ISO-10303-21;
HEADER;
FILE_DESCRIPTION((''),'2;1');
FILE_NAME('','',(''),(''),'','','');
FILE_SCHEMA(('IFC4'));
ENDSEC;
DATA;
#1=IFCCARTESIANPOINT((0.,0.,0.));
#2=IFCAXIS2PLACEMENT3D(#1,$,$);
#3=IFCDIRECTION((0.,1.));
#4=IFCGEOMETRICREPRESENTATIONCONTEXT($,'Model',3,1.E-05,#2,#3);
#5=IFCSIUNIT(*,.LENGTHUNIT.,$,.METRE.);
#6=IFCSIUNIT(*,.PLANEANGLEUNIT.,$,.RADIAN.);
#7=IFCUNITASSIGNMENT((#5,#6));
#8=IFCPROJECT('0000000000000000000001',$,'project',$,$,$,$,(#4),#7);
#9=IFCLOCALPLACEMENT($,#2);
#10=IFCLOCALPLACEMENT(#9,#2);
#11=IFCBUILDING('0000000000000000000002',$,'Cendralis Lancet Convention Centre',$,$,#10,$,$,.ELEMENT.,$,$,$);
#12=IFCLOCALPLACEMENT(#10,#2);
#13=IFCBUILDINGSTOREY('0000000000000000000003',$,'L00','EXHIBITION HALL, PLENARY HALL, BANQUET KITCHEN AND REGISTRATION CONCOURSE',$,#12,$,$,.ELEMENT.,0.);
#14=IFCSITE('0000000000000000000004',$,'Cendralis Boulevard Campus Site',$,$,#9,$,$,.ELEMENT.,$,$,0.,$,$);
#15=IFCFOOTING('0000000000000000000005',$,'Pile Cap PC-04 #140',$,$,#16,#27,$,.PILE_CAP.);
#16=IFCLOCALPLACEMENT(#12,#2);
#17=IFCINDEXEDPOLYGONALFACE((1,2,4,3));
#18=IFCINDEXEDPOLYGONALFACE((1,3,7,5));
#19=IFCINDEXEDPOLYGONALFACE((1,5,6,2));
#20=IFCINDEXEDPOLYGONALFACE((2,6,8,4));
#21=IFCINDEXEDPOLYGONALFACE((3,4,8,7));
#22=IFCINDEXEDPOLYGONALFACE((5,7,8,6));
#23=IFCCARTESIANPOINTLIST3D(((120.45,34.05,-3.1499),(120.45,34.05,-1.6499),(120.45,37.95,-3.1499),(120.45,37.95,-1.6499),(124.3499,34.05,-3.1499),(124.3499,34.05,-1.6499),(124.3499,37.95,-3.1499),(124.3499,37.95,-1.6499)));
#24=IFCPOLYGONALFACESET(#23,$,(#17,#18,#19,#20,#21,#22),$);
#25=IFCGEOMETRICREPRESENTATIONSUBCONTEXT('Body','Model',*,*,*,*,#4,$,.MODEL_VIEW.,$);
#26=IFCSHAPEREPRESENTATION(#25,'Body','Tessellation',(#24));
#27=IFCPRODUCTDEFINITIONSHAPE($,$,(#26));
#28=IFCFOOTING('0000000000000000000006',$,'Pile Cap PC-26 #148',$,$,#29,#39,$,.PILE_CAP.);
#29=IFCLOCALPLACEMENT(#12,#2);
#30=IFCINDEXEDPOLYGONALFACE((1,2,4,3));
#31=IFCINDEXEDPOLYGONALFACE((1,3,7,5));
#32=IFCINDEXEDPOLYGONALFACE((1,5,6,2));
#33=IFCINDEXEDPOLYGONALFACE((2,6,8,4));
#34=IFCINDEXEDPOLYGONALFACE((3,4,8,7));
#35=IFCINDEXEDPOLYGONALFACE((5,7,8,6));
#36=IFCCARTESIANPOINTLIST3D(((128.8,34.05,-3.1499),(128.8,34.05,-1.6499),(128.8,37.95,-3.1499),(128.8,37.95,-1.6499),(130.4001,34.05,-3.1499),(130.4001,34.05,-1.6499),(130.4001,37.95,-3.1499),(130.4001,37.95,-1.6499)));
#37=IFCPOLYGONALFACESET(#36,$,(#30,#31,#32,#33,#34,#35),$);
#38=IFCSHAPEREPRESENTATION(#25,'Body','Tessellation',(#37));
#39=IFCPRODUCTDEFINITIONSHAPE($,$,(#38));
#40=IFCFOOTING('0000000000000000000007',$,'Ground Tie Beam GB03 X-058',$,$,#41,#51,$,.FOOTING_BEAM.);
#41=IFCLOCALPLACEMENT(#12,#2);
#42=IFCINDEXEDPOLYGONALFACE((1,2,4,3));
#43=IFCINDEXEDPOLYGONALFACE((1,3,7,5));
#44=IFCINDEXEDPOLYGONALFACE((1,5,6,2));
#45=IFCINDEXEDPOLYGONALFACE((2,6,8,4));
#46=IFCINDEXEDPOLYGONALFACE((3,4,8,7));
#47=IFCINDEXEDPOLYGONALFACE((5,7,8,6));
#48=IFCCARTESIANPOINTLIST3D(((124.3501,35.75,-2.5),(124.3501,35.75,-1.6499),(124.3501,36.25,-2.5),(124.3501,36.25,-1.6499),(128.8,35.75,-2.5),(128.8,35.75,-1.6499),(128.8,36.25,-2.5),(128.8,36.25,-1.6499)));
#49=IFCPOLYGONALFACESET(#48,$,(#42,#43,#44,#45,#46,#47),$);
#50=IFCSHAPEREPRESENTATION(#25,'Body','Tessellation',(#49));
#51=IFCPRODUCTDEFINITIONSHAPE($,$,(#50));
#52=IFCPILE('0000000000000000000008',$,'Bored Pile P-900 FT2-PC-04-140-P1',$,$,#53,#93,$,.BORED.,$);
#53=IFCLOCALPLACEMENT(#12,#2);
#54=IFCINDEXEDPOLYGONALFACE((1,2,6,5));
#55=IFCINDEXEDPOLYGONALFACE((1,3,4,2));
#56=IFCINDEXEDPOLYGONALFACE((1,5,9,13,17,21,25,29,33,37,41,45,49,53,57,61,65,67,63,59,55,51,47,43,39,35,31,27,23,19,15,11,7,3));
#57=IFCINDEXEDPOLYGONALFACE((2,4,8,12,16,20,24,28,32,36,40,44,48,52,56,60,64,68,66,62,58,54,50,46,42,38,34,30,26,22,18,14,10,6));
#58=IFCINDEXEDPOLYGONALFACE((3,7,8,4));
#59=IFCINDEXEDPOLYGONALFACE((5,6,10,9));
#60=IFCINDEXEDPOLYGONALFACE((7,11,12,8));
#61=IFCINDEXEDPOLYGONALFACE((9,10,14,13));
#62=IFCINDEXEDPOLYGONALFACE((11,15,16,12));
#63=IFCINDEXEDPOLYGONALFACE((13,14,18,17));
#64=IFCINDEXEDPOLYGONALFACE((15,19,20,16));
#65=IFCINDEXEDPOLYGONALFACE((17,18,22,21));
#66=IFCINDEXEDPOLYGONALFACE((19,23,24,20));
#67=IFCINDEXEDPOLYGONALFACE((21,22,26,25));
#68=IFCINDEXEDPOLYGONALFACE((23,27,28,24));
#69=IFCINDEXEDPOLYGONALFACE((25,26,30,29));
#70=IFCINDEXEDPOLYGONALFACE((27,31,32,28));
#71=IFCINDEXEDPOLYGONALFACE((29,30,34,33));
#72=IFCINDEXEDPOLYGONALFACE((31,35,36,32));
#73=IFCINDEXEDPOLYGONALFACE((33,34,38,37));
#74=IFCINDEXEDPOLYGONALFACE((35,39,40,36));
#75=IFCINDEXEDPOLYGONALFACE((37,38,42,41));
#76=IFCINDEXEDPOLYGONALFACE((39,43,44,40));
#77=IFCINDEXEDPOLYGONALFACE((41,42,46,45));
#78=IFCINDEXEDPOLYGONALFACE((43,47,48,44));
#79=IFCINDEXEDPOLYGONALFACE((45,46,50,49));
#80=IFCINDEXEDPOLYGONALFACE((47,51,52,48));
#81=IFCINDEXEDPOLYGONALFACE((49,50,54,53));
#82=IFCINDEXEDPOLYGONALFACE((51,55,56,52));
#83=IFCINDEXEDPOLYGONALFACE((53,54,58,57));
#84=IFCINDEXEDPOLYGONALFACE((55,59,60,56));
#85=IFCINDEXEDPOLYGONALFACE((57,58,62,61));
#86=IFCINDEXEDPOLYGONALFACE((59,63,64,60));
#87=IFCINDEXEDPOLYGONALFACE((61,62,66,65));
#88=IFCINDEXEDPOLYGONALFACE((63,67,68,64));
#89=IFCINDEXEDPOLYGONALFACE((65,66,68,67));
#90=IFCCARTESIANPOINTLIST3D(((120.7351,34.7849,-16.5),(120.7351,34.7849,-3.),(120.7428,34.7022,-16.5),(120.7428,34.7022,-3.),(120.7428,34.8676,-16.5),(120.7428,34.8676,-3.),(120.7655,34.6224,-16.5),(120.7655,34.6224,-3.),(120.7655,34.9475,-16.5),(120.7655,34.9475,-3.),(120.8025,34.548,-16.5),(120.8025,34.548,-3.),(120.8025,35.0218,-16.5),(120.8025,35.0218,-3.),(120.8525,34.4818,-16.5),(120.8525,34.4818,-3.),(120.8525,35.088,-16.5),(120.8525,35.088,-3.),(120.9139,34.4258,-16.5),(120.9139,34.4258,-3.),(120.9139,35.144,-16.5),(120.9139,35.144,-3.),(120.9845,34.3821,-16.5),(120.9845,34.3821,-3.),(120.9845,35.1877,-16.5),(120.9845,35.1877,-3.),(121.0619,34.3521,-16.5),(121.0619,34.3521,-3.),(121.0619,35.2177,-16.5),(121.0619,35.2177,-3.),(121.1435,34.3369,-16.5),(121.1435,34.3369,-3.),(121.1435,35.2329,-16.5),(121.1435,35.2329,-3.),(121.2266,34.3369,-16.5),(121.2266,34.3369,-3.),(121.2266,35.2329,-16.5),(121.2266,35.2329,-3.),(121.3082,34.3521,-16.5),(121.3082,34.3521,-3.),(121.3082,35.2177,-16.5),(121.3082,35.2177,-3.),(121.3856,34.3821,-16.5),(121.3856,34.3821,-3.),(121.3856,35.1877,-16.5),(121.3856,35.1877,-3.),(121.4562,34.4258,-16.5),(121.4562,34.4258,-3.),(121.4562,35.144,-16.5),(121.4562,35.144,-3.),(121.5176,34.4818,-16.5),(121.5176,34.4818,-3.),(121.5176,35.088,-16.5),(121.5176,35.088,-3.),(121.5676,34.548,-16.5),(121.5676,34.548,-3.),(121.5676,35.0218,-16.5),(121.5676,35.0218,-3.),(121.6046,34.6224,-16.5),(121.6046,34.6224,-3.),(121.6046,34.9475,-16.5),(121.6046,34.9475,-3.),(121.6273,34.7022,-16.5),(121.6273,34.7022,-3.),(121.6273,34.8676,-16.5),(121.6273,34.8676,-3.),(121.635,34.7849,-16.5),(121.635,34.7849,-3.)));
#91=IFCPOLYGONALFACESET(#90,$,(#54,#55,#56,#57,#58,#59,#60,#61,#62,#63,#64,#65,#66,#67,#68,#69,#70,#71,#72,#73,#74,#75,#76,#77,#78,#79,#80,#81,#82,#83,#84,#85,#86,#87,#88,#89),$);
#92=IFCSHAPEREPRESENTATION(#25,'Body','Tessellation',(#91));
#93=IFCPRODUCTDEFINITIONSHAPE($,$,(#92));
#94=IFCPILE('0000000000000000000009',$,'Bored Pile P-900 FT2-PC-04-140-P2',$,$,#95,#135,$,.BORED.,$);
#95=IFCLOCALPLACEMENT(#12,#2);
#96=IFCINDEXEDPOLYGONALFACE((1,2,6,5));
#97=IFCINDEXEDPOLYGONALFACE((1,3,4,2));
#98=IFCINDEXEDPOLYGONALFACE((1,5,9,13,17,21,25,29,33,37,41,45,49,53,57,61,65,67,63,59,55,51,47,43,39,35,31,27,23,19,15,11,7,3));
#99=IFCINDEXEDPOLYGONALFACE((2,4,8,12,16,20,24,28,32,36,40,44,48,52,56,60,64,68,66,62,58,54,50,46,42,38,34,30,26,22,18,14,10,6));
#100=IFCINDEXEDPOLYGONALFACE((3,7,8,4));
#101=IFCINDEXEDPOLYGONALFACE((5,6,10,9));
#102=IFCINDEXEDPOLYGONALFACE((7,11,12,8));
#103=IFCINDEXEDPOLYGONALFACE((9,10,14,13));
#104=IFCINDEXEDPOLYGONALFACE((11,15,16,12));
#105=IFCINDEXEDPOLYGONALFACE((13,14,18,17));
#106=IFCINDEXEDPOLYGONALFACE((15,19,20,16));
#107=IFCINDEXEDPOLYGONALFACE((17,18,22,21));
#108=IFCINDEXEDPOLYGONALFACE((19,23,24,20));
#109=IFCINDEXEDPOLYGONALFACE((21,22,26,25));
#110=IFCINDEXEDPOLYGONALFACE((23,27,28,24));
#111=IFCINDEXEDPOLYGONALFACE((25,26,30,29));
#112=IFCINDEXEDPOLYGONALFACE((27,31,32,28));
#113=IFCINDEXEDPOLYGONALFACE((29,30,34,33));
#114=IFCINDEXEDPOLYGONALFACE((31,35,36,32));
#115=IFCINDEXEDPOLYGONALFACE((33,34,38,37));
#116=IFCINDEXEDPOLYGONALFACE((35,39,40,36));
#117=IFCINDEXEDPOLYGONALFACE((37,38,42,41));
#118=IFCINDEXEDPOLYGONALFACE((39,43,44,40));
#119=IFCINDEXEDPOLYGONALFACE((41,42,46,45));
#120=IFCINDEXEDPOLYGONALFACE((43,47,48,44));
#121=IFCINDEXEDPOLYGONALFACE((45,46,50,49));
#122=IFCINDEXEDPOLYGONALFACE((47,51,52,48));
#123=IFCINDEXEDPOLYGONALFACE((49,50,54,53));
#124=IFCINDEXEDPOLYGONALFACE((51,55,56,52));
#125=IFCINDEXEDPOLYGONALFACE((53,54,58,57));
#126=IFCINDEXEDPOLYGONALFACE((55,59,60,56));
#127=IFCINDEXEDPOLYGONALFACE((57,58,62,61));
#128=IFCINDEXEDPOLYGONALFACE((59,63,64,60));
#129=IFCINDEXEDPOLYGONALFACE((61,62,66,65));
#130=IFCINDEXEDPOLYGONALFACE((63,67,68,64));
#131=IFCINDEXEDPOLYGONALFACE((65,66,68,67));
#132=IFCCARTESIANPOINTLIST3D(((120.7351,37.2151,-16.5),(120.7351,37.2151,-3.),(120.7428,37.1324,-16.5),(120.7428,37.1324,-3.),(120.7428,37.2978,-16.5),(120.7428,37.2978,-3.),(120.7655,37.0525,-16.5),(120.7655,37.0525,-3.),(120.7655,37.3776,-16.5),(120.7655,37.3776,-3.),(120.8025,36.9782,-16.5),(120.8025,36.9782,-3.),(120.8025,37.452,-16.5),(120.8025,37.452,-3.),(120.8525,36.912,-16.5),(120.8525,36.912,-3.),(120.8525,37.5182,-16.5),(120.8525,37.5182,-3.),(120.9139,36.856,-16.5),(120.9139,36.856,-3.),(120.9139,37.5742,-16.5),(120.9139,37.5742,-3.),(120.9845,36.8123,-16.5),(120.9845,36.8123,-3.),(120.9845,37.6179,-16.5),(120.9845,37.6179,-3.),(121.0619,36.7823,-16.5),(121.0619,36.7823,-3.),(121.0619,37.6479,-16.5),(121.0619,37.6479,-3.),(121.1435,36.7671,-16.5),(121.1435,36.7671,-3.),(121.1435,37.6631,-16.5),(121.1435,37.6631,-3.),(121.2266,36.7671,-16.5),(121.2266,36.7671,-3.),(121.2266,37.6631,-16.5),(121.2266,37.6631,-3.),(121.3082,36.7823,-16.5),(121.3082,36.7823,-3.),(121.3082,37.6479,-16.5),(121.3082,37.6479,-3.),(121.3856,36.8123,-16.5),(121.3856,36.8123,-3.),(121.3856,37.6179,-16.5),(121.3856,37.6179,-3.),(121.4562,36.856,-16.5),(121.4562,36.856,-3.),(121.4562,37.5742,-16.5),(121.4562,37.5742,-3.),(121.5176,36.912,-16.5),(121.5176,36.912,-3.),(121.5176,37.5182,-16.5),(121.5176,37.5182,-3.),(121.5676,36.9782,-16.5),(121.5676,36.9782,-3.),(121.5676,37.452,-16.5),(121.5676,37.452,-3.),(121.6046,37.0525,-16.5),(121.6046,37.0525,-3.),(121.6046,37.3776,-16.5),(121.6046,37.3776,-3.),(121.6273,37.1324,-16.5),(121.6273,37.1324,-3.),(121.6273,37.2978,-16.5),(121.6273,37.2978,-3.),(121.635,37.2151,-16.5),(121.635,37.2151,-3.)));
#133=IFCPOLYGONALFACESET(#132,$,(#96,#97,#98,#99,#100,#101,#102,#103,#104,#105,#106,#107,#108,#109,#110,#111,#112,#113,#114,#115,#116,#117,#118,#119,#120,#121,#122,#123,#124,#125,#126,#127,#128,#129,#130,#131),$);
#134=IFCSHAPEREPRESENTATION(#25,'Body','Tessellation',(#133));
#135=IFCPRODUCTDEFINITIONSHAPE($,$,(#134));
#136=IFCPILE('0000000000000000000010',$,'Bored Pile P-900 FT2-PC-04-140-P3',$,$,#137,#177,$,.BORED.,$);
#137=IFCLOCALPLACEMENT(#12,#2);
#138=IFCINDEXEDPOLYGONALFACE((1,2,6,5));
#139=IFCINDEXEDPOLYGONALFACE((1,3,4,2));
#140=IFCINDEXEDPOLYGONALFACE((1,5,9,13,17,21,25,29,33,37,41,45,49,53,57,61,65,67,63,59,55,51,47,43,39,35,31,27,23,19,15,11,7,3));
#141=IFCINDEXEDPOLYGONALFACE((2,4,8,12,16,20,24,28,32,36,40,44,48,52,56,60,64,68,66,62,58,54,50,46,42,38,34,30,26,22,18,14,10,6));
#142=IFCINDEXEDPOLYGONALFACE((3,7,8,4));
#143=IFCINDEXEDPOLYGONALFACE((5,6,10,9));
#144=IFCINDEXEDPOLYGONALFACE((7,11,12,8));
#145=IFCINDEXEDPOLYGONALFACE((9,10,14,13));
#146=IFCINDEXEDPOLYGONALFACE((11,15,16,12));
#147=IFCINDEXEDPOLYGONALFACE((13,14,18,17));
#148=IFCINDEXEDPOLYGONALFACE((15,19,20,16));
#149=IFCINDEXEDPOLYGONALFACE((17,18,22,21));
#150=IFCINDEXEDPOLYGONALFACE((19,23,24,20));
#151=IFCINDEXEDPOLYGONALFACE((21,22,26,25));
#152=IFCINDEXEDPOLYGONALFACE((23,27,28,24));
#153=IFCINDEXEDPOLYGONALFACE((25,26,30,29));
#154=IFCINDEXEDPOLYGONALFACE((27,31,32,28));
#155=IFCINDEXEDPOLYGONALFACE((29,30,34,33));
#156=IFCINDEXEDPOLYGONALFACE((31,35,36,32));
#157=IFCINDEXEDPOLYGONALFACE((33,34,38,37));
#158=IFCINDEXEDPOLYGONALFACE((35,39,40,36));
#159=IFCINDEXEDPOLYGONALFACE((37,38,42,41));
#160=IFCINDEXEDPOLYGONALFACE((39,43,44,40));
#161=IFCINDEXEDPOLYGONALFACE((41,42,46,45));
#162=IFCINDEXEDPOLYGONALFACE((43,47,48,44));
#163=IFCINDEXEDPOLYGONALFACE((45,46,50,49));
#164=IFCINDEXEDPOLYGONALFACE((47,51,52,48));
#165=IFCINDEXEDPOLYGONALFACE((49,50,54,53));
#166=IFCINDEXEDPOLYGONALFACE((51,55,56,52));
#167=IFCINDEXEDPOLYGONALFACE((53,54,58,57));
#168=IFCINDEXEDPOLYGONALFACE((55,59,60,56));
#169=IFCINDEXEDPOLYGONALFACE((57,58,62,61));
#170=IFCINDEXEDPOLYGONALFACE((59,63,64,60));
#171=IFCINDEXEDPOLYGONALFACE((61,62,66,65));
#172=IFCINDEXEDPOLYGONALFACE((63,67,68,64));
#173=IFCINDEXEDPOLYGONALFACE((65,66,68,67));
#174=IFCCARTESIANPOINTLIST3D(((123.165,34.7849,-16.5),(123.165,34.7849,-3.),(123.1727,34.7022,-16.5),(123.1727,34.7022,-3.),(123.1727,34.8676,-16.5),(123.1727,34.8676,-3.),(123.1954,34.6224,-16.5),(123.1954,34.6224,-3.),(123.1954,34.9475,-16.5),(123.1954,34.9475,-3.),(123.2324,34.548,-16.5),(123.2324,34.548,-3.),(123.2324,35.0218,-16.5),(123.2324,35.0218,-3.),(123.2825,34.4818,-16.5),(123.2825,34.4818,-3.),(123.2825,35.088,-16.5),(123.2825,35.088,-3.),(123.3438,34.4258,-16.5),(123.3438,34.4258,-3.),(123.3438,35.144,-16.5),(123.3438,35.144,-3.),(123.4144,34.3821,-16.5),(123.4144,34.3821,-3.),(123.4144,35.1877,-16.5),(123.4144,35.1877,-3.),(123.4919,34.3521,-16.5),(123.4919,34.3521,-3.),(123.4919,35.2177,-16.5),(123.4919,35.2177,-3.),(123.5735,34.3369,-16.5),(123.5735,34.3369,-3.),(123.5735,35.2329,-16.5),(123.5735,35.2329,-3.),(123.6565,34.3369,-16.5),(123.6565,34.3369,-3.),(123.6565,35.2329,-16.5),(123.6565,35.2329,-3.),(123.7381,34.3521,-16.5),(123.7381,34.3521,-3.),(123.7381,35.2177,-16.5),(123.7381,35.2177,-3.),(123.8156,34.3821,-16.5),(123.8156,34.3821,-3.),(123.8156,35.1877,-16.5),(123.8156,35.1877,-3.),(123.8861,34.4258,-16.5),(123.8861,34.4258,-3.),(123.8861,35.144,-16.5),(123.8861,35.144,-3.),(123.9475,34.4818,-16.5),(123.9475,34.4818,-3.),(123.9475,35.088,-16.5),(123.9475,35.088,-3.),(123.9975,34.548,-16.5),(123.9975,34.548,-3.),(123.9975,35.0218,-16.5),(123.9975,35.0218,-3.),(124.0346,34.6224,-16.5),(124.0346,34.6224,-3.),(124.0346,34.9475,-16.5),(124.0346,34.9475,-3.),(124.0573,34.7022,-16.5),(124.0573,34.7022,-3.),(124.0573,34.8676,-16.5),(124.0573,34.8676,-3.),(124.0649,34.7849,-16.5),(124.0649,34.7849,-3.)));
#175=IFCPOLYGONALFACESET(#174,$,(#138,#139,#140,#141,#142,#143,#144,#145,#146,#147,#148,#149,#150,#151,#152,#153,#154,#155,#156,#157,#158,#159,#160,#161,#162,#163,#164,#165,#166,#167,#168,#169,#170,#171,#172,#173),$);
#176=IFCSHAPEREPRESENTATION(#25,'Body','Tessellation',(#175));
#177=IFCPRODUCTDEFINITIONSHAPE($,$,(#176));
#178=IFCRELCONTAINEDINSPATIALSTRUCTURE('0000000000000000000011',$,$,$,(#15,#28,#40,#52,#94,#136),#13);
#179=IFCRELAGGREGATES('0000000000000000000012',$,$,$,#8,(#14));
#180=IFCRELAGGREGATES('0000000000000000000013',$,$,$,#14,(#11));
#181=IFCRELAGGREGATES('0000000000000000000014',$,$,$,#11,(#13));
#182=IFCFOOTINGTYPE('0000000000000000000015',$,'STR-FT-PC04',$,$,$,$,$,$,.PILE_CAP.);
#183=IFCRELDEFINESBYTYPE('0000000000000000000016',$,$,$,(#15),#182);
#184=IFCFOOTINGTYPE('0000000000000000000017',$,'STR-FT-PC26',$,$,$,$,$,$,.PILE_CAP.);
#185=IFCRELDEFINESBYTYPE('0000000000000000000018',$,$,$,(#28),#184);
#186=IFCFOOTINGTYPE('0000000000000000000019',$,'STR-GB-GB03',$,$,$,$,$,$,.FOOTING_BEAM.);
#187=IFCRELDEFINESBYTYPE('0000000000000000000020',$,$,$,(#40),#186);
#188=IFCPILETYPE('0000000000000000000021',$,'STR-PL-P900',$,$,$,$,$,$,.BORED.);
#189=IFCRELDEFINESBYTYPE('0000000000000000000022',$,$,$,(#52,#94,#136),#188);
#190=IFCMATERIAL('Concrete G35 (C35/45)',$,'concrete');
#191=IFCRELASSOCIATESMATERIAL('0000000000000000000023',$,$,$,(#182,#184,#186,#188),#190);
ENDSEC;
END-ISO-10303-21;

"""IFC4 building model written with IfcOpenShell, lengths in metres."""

from ifc_helpers import new_model, si_unit, direction, frame, origin, origin_2d, place, context, subcontext, project, spatial, rectangle, circle, extrude, material, material_profile, profile_set, type_object, element, save


model = new_model("IFC4")

# Units and contexts
model_context = context("Model", 3, precision=1e-05, world=origin(), true_north=direction((0.0, 1.0)))
body_context = subcontext(model_context, "Body", "Model", "MODEL_VIEW")
ifc_project = project(units=[si_unit("LENGTHUNIT", "METRE"), si_unit("PLANEANGLEUNIT", "RADIAN")], contexts=[model_context])

# Site, building, storey
site_placement = place(None, origin())
site = spatial("IfcSite", under=ifc_project, at=site_placement, Name="Cendralis Boulevard Campus Site", CompositionType="ELEMENT", RefElevation=0.0)
building_placement = place(site_placement, origin())
building = spatial("IfcBuilding", under=site, at=building_placement, Name="Cendralis Lancet Convention Centre", CompositionType="ELEMENT")
storey_placement = place(building_placement, origin())
storey = spatial("IfcBuildingStorey", under=building, at=storey_placement, Name="L00", Description="EXHIBITION HALL, PLENARY HALL, BANQUET KITCHEN AND REGISTRATION CONCOURSE", CompositionType="ELEMENT", Elevation=0.0)

# Footings
ifc_material_1 = material(Name="Concrete G35 (C35/45)", Category="concrete")
footing_type_1 = type_object("IfcFootingType", Name="STR-FT-PC04", PredefinedType="PILE_CAP", material=ifc_material_1)
footing_1_placement = place(storey_placement, frame((122.3999, 36.0, -3.1499), z_axis=(0.0, 0.0, 1.0), x_axis=(1.0, 0.0, 0.0)))
element("IfcFooting", 1, at=footing_1_placement, inside=storey, type_object=footing_type_1, Name="Pile Cap PC-04 #140", PredefinedType="PILE_CAP", context=body_context, shape_type="SweptSolid", body=[
    extrude(rectangle(XDim=3.8999, YDim=3.8999, at=origin_2d()), origin(), (0.0, 0.0, 1.0), 1.5),
])
footing_type_2 = type_object("IfcFootingType", Name="STR-FT-PC26", PredefinedType="PILE_CAP", material=ifc_material_1)
footing_2_placement = place(storey_placement, frame((129.6001, 36.0, -3.1499), z_axis=(0.0, 0.0, 1.0), x_axis=(1.0, 0.0, 0.0)))
element("IfcFooting", 2, at=footing_2_placement, inside=storey, type_object=footing_type_2, Name="Pile Cap PC-26 #148", PredefinedType="PILE_CAP", context=body_context, shape_type="SweptSolid", body=[
    extrude(rectangle(XDim=1.6001, YDim=3.8999, at=origin_2d()), origin(), (0.0, 0.0, 1.0), 1.5),
])
ifc_material_profile_1 = material_profile(ifc_material_1, rectangle(XDim=0.5, YDim=0.8501, at=origin_2d()), Name="RCB 500x850")
ifc_profile_set_1 = profile_set([ifc_material_profile_1], Name="Concrete G35 (C35/45)")
footing_type_3 = type_object("IfcFootingType", Name="STR-GB-GB03", PredefinedType="FOOTING_BEAM", material=ifc_profile_set_1)
footing_3_placement = place(storey_placement, frame((124.3501, 36.0, -2.075), z_axis=(1.0, 0.0, 0.0), x_axis=(0.0, 1.0, 0.0)))
element("IfcFooting", 3, at=footing_3_placement, inside=storey, type_object=footing_type_3, Name="Ground Tie Beam GB03 X-058", PredefinedType="FOOTING_BEAM", context=body_context, shape_type="SweptSolid", body=[
    extrude(rectangle(XDim=0.5, YDim=0.8501, at=origin_2d()), origin(), (0.0, 0.0, 1.0), 4.45),
])

# Piles
ifc_material_profile_2 = material_profile(ifc_material_1, circle(Radius=0.45, at=origin_2d()), Name="BORED PILE D900")
ifc_profile_set_2 = profile_set([ifc_material_profile_2], Name="Concrete G35 (C35/45)")
pile_type = type_object("IfcPileType", Name="STR-PL-P900", PredefinedType="BORED", material=ifc_profile_set_2)
for number, where, z_axis, x_axis, name in (
    (4, (121.1851, 34.7849, -3.0), (0.0, 0.0, -1.0), (1.0, 0.0, 0.0), "Bored Pile P-900 FT2-PC-04-140-P1"),
    (5, (121.1851, 37.2151, -3.0), (0.0, 0.0, -1.0), (1.0, 0.0, 0.0), "Bored Pile P-900 FT2-PC-04-140-P2"),
    (6, (123.615, 34.7849, -3.0), (0.0, 0.0, -1.0), (1.0, 0.0, 0.0), "Bored Pile P-900 FT2-PC-04-140-P3"),
):
    element("IfcPile", number, at=place(storey_placement, frame(where, z_axis=z_axis, x_axis=x_axis)), inside=storey, type_object=pile_type, Name=name, PredefinedType="BORED", context=body_context, shape_type="SweptSolid", body=[
        extrude(circle(Radius=0.45, at=origin_2d()), origin(), (0.0, 0.0, 1.0), 13.5),
    ])

save(model, "model.ifc")
